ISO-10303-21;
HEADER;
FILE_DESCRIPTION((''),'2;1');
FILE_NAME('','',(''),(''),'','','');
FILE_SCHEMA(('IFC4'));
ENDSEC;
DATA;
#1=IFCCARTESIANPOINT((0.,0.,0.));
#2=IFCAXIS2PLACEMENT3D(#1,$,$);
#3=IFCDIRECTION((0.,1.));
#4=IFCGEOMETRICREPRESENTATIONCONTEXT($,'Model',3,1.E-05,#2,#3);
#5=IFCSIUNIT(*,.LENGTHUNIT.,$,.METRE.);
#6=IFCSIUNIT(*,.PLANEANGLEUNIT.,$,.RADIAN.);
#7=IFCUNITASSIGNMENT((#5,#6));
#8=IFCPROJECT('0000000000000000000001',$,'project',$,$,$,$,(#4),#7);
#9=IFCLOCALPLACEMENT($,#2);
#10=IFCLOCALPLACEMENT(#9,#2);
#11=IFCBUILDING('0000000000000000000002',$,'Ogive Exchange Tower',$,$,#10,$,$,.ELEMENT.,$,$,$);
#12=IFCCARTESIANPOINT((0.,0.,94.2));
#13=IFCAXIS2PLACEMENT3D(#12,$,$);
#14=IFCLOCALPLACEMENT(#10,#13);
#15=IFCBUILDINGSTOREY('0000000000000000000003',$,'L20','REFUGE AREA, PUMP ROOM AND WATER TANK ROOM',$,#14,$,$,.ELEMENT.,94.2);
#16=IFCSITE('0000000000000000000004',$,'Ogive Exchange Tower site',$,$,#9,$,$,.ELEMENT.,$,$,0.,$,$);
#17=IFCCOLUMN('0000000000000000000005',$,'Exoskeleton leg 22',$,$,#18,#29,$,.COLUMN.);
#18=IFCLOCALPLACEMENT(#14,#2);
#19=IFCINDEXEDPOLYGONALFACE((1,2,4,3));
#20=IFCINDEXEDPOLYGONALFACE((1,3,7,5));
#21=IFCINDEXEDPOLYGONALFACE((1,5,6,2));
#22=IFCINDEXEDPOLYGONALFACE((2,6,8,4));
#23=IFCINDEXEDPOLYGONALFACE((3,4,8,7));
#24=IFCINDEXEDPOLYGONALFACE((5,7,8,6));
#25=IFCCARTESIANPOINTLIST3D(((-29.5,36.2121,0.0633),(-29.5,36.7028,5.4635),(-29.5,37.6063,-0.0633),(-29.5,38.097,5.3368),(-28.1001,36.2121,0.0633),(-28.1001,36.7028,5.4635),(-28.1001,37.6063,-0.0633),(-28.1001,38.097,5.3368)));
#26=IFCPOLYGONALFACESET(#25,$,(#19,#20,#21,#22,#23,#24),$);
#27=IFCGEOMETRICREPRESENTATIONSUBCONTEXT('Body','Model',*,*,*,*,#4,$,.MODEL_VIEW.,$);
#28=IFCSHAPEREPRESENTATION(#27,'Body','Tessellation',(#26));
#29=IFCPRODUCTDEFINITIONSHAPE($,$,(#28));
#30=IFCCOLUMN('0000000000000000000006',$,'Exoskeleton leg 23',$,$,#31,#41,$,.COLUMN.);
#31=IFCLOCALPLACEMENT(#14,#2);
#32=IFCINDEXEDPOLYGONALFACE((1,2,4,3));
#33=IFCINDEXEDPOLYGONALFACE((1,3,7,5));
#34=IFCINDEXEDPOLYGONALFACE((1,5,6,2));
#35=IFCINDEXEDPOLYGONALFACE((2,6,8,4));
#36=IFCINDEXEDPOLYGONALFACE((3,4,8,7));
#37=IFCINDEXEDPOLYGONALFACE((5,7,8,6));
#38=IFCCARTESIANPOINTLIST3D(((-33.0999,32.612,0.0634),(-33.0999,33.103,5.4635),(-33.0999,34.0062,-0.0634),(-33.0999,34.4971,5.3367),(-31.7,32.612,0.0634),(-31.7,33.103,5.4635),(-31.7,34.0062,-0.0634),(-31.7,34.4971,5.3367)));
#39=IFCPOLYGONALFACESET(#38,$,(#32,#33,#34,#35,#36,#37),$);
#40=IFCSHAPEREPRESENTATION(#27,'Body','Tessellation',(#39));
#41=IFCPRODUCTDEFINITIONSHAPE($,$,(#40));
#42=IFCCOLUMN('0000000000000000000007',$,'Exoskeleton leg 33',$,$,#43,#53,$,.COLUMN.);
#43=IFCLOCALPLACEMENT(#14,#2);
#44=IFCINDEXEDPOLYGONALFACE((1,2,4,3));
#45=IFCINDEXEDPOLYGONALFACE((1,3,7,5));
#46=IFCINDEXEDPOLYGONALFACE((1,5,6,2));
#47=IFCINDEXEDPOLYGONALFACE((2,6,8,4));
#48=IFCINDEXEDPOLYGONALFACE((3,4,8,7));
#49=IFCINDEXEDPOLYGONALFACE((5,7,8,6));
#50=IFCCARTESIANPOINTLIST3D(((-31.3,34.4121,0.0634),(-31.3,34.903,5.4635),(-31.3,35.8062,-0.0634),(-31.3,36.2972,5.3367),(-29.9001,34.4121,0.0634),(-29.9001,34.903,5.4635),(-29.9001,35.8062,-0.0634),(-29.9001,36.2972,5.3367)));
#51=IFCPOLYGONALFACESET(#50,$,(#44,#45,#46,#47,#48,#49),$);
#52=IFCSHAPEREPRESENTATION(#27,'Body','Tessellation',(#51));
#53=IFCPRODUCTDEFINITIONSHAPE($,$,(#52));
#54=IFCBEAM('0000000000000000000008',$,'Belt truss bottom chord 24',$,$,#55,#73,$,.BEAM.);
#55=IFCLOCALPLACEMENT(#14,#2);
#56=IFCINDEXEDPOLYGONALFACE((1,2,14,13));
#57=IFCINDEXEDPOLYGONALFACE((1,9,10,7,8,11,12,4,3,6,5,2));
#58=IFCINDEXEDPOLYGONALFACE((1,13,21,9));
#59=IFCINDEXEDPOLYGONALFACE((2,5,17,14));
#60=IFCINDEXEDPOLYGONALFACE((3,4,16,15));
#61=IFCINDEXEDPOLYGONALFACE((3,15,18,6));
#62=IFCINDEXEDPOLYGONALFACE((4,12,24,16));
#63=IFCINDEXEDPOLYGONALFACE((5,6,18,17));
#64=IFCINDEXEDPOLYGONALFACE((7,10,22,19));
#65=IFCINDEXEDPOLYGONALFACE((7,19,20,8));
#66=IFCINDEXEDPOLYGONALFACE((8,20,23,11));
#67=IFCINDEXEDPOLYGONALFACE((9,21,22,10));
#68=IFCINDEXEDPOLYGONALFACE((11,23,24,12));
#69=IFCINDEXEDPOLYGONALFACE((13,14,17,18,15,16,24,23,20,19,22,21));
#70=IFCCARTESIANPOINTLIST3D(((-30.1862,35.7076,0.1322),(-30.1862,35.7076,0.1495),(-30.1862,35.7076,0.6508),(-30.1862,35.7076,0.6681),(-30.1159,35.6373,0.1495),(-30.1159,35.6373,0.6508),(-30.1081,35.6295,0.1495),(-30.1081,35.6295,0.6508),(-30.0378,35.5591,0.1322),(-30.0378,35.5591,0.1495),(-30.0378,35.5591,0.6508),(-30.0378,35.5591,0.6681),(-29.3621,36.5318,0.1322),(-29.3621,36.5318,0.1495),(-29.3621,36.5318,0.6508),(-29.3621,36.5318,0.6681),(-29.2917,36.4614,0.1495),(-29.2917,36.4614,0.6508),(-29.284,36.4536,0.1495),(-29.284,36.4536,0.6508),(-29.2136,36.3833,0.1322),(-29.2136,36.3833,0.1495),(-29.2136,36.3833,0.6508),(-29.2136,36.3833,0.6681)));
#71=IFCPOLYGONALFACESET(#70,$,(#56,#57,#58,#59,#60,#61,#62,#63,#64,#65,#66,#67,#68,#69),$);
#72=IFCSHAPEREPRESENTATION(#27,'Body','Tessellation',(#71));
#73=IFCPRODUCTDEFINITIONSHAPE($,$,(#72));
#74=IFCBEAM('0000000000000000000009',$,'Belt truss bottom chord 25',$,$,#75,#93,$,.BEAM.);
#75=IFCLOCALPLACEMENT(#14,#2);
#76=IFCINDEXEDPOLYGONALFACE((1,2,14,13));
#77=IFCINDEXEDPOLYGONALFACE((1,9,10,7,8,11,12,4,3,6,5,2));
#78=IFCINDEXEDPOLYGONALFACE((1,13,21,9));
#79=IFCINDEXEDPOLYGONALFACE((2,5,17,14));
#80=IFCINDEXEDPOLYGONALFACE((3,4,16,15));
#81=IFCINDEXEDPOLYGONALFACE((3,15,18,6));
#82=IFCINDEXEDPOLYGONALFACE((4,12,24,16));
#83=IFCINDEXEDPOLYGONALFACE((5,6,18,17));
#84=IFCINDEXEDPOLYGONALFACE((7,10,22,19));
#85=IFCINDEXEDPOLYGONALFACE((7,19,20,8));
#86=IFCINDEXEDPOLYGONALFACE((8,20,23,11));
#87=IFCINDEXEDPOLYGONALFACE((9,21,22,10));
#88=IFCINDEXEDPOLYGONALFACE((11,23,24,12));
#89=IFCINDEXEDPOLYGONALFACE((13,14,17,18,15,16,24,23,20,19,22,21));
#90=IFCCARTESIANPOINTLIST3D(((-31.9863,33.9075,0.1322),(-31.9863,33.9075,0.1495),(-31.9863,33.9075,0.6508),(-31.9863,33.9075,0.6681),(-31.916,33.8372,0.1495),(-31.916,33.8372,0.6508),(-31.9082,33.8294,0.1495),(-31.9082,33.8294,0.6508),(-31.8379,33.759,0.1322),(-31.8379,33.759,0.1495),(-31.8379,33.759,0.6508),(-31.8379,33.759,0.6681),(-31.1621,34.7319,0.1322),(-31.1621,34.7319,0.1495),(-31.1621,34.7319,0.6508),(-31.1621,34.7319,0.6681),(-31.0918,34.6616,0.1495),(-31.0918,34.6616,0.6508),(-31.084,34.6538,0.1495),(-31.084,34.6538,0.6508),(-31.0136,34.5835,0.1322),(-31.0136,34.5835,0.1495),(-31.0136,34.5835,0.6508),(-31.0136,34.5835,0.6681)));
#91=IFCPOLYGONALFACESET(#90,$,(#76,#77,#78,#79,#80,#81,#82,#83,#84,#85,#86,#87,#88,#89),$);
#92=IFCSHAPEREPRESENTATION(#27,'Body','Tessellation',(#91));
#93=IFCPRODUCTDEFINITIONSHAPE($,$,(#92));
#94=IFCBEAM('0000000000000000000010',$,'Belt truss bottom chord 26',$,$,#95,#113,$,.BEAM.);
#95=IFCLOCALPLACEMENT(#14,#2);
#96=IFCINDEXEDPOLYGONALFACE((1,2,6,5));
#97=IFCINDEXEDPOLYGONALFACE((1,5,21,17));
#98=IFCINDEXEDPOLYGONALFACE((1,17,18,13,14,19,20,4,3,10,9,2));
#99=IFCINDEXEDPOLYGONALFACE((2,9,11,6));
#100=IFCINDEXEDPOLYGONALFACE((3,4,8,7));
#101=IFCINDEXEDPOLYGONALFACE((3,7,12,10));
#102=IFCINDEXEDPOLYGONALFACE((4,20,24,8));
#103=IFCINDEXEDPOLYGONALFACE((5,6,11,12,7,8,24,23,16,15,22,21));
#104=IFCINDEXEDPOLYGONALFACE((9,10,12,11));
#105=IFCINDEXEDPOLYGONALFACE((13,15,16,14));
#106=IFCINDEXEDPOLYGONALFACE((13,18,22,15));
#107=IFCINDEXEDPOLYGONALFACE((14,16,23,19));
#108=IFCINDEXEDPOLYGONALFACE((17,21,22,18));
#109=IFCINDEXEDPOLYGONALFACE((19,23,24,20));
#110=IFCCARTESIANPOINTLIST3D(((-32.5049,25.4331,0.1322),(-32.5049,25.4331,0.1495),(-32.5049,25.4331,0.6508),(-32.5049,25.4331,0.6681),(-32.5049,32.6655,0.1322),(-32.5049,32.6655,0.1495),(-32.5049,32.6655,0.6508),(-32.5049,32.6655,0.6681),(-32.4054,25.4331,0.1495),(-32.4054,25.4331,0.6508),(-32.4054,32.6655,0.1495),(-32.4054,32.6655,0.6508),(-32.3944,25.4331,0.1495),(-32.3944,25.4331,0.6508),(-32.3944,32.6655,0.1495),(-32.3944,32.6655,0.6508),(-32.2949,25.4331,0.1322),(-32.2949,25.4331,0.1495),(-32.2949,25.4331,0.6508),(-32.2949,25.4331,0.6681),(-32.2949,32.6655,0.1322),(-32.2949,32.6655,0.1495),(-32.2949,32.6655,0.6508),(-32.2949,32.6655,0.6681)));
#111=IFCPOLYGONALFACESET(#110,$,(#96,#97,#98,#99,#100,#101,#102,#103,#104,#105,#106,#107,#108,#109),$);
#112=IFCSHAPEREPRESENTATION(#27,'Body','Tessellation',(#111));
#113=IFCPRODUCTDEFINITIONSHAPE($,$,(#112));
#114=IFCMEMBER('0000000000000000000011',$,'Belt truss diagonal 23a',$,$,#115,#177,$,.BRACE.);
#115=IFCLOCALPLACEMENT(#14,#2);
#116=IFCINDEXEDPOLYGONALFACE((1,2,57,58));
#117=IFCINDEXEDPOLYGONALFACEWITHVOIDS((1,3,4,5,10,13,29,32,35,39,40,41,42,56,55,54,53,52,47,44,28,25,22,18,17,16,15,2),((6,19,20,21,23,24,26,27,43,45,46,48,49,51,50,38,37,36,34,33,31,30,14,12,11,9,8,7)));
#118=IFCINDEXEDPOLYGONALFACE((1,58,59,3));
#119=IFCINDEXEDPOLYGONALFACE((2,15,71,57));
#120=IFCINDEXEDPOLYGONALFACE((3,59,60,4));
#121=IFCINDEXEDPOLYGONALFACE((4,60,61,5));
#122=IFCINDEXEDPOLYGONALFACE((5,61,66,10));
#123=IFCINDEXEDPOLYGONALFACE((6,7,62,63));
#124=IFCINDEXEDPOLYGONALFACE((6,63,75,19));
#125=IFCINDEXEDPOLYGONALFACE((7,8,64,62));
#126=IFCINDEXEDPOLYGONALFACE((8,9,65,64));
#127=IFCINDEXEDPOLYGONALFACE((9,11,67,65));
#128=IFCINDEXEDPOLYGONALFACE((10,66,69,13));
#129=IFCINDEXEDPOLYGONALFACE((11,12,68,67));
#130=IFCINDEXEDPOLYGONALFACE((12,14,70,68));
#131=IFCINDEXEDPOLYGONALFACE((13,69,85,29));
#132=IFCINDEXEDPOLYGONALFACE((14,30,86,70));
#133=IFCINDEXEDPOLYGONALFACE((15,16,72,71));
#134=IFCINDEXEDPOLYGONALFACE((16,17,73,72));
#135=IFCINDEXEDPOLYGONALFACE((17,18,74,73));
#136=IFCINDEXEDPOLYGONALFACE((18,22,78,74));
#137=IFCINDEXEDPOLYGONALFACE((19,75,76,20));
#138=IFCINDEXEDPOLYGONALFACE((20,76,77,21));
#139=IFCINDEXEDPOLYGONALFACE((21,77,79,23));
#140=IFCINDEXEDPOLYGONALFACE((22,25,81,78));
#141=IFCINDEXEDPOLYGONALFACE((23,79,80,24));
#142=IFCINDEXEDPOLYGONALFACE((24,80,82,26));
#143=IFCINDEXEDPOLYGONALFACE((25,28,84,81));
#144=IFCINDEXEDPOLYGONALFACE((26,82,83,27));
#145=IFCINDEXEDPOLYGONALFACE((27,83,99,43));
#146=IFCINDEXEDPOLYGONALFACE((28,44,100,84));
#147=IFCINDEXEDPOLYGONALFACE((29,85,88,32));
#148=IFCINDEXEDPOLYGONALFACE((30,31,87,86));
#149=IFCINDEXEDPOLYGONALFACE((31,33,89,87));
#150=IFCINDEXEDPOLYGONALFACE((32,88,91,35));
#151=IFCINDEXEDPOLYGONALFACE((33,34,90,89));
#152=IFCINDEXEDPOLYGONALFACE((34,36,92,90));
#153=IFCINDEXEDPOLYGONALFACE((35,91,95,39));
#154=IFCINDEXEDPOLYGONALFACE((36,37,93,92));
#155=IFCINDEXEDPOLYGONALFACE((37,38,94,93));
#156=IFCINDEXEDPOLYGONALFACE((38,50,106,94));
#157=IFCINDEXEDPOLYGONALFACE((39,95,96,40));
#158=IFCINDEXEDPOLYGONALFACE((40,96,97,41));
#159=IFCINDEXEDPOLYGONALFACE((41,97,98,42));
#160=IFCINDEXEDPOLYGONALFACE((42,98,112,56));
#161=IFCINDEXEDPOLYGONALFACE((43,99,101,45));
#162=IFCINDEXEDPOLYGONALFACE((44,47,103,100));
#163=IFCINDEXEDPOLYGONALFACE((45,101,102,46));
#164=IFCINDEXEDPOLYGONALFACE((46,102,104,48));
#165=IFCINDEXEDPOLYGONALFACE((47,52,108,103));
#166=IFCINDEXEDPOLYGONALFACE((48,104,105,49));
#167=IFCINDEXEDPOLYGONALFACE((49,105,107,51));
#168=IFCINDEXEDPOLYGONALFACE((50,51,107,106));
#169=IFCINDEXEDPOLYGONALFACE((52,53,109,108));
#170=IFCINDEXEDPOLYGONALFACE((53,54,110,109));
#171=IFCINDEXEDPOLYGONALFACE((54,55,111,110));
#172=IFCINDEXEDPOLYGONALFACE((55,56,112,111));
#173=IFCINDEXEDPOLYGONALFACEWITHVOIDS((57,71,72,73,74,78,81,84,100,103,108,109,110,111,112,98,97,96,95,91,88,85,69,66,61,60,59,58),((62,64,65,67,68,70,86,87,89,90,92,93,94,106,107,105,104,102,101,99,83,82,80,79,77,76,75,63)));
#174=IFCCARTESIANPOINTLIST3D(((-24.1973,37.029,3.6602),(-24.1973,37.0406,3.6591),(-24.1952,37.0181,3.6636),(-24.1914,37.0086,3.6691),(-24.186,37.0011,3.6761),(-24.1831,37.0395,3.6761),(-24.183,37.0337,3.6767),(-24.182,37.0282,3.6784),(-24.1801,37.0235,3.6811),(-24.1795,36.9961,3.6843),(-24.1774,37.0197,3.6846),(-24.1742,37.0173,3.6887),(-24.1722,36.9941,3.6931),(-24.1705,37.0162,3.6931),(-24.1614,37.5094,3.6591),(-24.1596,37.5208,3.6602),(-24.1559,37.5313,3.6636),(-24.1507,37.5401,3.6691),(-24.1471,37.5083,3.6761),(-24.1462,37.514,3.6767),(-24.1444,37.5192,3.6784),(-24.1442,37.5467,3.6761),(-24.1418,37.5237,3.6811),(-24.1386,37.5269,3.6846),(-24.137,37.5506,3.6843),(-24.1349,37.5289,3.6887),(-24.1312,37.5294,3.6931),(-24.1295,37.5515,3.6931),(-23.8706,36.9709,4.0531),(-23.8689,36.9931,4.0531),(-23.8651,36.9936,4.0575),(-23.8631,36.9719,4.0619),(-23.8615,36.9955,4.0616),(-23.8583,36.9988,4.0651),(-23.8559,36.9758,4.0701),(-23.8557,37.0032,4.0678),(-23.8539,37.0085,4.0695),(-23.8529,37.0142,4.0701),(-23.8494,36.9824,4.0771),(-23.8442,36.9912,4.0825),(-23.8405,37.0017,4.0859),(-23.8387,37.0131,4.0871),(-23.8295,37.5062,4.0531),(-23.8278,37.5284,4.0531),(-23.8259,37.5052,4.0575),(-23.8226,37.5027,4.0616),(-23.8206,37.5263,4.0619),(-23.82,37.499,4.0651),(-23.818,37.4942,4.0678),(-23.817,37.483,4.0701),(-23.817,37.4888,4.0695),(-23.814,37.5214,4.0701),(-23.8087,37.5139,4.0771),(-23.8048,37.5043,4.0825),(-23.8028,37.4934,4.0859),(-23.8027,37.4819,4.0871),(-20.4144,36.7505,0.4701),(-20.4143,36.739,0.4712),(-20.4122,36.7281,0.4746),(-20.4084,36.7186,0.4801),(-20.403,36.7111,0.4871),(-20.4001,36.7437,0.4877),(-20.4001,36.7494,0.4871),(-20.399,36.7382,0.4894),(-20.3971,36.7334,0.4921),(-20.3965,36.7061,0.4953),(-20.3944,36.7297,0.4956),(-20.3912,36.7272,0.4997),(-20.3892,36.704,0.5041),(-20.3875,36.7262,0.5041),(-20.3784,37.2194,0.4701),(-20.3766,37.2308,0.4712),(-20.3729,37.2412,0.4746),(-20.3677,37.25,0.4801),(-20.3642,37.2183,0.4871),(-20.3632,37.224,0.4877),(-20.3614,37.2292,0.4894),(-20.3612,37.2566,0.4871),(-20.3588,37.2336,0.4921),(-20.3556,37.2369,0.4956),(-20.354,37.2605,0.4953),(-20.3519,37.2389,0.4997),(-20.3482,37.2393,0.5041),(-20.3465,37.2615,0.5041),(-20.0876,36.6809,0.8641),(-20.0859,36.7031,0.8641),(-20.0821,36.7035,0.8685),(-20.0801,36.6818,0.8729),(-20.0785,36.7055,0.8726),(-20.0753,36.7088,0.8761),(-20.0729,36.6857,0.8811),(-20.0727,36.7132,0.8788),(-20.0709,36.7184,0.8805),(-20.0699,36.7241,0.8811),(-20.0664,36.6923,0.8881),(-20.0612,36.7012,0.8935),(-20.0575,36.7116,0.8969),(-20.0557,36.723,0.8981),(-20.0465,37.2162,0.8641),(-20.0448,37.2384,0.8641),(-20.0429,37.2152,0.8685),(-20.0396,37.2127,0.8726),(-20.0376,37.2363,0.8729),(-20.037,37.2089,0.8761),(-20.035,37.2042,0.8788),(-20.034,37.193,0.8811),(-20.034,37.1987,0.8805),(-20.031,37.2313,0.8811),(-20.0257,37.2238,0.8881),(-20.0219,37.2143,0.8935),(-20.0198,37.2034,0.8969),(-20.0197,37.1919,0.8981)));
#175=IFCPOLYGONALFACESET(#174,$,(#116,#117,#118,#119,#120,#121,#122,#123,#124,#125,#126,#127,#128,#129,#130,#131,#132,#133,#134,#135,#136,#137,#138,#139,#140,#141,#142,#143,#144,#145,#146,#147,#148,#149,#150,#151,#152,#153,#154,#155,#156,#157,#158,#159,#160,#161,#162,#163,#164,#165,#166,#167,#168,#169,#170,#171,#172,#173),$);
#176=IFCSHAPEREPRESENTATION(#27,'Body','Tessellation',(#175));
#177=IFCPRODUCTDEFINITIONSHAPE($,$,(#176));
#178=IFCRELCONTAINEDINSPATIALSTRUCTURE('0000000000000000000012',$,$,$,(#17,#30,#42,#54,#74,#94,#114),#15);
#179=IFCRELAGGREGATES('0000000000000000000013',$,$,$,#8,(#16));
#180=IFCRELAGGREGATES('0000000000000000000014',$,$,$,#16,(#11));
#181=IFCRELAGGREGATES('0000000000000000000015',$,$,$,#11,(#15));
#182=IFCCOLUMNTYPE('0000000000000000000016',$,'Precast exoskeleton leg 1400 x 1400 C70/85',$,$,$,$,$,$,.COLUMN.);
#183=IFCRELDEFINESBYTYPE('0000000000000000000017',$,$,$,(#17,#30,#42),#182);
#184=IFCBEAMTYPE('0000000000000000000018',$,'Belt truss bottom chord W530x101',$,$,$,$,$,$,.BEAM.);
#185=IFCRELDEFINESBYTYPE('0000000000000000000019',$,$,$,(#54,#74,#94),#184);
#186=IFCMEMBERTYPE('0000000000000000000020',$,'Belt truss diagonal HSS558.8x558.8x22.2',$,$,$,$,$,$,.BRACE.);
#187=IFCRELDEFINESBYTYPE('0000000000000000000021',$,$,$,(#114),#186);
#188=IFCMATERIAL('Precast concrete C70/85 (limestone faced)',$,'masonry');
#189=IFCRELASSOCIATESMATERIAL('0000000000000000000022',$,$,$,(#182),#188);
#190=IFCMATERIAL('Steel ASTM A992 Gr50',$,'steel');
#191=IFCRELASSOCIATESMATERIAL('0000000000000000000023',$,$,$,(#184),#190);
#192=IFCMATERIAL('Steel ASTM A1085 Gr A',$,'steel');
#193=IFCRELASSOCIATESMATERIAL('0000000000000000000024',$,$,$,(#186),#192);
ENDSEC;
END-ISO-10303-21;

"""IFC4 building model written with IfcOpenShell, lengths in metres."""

from ifc_helpers import new_model, si_unit, direction, frame, origin, origin_2d, place, context, subcontext, project, spatial, rectangle, hollow_rectangle, i_section, extrude, material, material_profile, profile_set, type_object, element, save


model = new_model("IFC4")

# Units and contexts
model_context = context("Model", 3, precision=1e-05, world=origin(), true_north=direction((0.0, 1.0)))
body_context = subcontext(model_context, "Body", "Model", "MODEL_VIEW")
ifc_project = project(units=[si_unit("LENGTHUNIT", "METRE"), si_unit("PLANEANGLEUNIT", "RADIAN")], contexts=[model_context])

# Site, building, storey
site_placement = place(None, origin())
site = spatial("IfcSite", under=ifc_project, at=site_placement, Name="Ogive Exchange Tower site", CompositionType="ELEMENT", RefElevation=0.0)
building_placement = place(site_placement, origin())
building = spatial("IfcBuilding", under=site, at=building_placement, Name="Ogive Exchange Tower", CompositionType="ELEMENT")
storey_placement = place(building_placement, frame((0.0, 0.0, 94.2)))
storey = spatial("IfcBuildingStorey", under=building, at=storey_placement, Name="L20", Description="REFUGE AREA, PUMP ROOM AND WATER TANK ROOM", CompositionType="ELEMENT", Elevation=94.2)

# Columns
ifc_material_1 = material(Name="Precast concrete C70/85 (limestone faced)", Category="masonry")
ifc_material_profile_1 = material_profile(ifc_material_1, rectangle(XDim=1.3999, YDim=1.3999, at=origin_2d()), Name="1400 x 1400")
ifc_profile_set_1 = profile_set([ifc_material_profile_1], Name="Precast concrete C70/85 (limestone faced)")
column_type = type_object("IfcColumnType", Name="Precast exoskeleton leg 1400 x 1400 C70/85", PredefinedType="COLUMN", material=ifc_profile_set_1)
for number, where, z_axis, x_axis, name in (
    (1, (-28.8, 36.9092, 0.0), (0.0, 0.090499, 0.995897), (-1.0, 0.0, 0.0), "Exoskeleton leg 22"),
    (2, (-32.3999, 33.3091, 0.0), (0.0, 0.090544, 0.995892), (-1.0, 0.0, 0.0), "Exoskeleton leg 23"),
    (3, (-30.6001, 35.1091, 0.0), (0.0, 0.090544, 0.995892), (-1.0, 0.0, 0.0), "Exoskeleton leg 33"),
):
    element("IfcColumn", number, at=place(storey_placement, frame(where, z_axis=z_axis, x_axis=x_axis)), inside=storey, type_object=column_type, Name=name, PredefinedType="COLUMN", context=body_context, shape_type="SweptSolid", body=[
        extrude(rectangle(XDim=1.3999, YDim=1.3999, at=origin_2d()), origin(), (0.0, 0.0, 1.0), 5.4224),
    ])

# Beams
ifc_material_2 = material(Name="Steel ASTM A992 Gr50", Category="steel")
ifc_material_profile_2 = material_profile(ifc_material_2, i_section(OverallWidth=0.21, OverallDepth=0.5359, WebThickness=0.011, FlangeThickness=0.0173, at=origin_2d()), Name="W530x101")
ifc_profile_set_2 = profile_set([ifc_material_profile_2], Name="Steel ASTM A992 Gr50")
beam_type_1 = type_object("IfcBeamType", Name="Belt truss bottom chord W530x101", PredefinedType="BEAM", material=ifc_profile_set_2)
beam_1_placement = place(storey_placement, frame((-29.2878, 36.4575, 0.4001), z_axis=(-0.707107, -0.707107, 0.0), x_axis=(0.707107, -0.707107, 0.0)))
element("IfcBeam", 4, at=beam_1_placement, inside=storey, type_object=beam_type_1, Name="Belt truss bottom chord 24", PredefinedType="BEAM", context=body_context, shape_type="SweptSolid", body=[
    extrude(i_section(OverallWidth=0.21, OverallDepth=0.5359, WebThickness=0.011, FlangeThickness=0.0173, at=origin_2d()), origin(), (0.0, 0.0, 1.0), 1.1655),
])
beam_2_placement = place(storey_placement, frame((-31.0879, 34.6577, 0.4001), z_axis=(-0.707002, -0.707211, 0.0), x_axis=(0.707211, -0.707002, 0.0)))
element("IfcBeam", 5, at=beam_2_placement, inside=storey, type_object=beam_type_1, Name="Belt truss bottom chord 25", PredefinedType="BEAM", context=body_context, shape_type="SweptSolid", body=[
    extrude(i_section(OverallWidth=0.21, OverallDepth=0.5359, WebThickness=0.011, FlangeThickness=0.0173, at=origin_2d()), origin(), (0.0, 0.0, 1.0), 1.1658),
])
beam_3_placement = place(storey_placement, frame((-32.3999, 32.6655, 0.4001), z_axis=(0.0, -1.0, 0.0), x_axis=(1.0, 0.0, 0.0)))
element("IfcBeam", 6, at=beam_3_placement, inside=storey, type_object=beam_type_1, Name="Belt truss bottom chord 26", PredefinedType="BEAM", context=body_context, shape_type="SweptSolid", body=[
    extrude(i_section(OverallWidth=0.21, OverallDepth=0.5359, WebThickness=0.011, FlangeThickness=0.0173, at=origin_2d()), origin(), (0.0, 0.0, 1.0), 7.2324),
])

# Member
ifc_material_3 = material(Name="Steel ASTM A1085 Gr A", Category="steel")
ifc_material_profile_3 = material_profile(ifc_material_3, hollow_rectangle(XDim=0.5591, YDim=0.5591, WallThickness=0.0222, InnerFilletRadius=0.0222, OuterFilletRadius=0.0444, at=origin_2d()), Name="HSS558.8x558.8x22.2")
ifc_profile_set_3 = profile_set([ifc_material_profile_3], Name="Steel ASTM A1085 Gr A")
member_type_1 = type_object("IfcMemberType", Name="Belt truss diagonal HSS558.8x558.8x22.2", PredefinedType="BRACE", material=ifc_profile_set_3)
for number, where, z_axis, x_axis, name in (
    (7, (-20.217, 36.9712, 0.6841), (-0.763271, 0.05852, 0.643423), (-0.076446, -0.997074, 0.0), "Belt truss diagonal 23a"),
):
    element("IfcMember", number, at=place(storey_placement, frame(where, z_axis=z_axis, x_axis=x_axis)), inside=storey, type_object=member_type_1, Name=name, PredefinedType="BRACE", context=body_context, shape_type="SweptSolid", body=[
        extrude(hollow_rectangle(XDim=0.5591, YDim=0.5591, WallThickness=0.0222, InnerFilletRadius=0.0222, OuterFilletRadius=0.0444, at=origin_2d()), origin(), (0.0, 0.0, 1.0), 4.9563),
    ])

save(model, "model.ifc")
